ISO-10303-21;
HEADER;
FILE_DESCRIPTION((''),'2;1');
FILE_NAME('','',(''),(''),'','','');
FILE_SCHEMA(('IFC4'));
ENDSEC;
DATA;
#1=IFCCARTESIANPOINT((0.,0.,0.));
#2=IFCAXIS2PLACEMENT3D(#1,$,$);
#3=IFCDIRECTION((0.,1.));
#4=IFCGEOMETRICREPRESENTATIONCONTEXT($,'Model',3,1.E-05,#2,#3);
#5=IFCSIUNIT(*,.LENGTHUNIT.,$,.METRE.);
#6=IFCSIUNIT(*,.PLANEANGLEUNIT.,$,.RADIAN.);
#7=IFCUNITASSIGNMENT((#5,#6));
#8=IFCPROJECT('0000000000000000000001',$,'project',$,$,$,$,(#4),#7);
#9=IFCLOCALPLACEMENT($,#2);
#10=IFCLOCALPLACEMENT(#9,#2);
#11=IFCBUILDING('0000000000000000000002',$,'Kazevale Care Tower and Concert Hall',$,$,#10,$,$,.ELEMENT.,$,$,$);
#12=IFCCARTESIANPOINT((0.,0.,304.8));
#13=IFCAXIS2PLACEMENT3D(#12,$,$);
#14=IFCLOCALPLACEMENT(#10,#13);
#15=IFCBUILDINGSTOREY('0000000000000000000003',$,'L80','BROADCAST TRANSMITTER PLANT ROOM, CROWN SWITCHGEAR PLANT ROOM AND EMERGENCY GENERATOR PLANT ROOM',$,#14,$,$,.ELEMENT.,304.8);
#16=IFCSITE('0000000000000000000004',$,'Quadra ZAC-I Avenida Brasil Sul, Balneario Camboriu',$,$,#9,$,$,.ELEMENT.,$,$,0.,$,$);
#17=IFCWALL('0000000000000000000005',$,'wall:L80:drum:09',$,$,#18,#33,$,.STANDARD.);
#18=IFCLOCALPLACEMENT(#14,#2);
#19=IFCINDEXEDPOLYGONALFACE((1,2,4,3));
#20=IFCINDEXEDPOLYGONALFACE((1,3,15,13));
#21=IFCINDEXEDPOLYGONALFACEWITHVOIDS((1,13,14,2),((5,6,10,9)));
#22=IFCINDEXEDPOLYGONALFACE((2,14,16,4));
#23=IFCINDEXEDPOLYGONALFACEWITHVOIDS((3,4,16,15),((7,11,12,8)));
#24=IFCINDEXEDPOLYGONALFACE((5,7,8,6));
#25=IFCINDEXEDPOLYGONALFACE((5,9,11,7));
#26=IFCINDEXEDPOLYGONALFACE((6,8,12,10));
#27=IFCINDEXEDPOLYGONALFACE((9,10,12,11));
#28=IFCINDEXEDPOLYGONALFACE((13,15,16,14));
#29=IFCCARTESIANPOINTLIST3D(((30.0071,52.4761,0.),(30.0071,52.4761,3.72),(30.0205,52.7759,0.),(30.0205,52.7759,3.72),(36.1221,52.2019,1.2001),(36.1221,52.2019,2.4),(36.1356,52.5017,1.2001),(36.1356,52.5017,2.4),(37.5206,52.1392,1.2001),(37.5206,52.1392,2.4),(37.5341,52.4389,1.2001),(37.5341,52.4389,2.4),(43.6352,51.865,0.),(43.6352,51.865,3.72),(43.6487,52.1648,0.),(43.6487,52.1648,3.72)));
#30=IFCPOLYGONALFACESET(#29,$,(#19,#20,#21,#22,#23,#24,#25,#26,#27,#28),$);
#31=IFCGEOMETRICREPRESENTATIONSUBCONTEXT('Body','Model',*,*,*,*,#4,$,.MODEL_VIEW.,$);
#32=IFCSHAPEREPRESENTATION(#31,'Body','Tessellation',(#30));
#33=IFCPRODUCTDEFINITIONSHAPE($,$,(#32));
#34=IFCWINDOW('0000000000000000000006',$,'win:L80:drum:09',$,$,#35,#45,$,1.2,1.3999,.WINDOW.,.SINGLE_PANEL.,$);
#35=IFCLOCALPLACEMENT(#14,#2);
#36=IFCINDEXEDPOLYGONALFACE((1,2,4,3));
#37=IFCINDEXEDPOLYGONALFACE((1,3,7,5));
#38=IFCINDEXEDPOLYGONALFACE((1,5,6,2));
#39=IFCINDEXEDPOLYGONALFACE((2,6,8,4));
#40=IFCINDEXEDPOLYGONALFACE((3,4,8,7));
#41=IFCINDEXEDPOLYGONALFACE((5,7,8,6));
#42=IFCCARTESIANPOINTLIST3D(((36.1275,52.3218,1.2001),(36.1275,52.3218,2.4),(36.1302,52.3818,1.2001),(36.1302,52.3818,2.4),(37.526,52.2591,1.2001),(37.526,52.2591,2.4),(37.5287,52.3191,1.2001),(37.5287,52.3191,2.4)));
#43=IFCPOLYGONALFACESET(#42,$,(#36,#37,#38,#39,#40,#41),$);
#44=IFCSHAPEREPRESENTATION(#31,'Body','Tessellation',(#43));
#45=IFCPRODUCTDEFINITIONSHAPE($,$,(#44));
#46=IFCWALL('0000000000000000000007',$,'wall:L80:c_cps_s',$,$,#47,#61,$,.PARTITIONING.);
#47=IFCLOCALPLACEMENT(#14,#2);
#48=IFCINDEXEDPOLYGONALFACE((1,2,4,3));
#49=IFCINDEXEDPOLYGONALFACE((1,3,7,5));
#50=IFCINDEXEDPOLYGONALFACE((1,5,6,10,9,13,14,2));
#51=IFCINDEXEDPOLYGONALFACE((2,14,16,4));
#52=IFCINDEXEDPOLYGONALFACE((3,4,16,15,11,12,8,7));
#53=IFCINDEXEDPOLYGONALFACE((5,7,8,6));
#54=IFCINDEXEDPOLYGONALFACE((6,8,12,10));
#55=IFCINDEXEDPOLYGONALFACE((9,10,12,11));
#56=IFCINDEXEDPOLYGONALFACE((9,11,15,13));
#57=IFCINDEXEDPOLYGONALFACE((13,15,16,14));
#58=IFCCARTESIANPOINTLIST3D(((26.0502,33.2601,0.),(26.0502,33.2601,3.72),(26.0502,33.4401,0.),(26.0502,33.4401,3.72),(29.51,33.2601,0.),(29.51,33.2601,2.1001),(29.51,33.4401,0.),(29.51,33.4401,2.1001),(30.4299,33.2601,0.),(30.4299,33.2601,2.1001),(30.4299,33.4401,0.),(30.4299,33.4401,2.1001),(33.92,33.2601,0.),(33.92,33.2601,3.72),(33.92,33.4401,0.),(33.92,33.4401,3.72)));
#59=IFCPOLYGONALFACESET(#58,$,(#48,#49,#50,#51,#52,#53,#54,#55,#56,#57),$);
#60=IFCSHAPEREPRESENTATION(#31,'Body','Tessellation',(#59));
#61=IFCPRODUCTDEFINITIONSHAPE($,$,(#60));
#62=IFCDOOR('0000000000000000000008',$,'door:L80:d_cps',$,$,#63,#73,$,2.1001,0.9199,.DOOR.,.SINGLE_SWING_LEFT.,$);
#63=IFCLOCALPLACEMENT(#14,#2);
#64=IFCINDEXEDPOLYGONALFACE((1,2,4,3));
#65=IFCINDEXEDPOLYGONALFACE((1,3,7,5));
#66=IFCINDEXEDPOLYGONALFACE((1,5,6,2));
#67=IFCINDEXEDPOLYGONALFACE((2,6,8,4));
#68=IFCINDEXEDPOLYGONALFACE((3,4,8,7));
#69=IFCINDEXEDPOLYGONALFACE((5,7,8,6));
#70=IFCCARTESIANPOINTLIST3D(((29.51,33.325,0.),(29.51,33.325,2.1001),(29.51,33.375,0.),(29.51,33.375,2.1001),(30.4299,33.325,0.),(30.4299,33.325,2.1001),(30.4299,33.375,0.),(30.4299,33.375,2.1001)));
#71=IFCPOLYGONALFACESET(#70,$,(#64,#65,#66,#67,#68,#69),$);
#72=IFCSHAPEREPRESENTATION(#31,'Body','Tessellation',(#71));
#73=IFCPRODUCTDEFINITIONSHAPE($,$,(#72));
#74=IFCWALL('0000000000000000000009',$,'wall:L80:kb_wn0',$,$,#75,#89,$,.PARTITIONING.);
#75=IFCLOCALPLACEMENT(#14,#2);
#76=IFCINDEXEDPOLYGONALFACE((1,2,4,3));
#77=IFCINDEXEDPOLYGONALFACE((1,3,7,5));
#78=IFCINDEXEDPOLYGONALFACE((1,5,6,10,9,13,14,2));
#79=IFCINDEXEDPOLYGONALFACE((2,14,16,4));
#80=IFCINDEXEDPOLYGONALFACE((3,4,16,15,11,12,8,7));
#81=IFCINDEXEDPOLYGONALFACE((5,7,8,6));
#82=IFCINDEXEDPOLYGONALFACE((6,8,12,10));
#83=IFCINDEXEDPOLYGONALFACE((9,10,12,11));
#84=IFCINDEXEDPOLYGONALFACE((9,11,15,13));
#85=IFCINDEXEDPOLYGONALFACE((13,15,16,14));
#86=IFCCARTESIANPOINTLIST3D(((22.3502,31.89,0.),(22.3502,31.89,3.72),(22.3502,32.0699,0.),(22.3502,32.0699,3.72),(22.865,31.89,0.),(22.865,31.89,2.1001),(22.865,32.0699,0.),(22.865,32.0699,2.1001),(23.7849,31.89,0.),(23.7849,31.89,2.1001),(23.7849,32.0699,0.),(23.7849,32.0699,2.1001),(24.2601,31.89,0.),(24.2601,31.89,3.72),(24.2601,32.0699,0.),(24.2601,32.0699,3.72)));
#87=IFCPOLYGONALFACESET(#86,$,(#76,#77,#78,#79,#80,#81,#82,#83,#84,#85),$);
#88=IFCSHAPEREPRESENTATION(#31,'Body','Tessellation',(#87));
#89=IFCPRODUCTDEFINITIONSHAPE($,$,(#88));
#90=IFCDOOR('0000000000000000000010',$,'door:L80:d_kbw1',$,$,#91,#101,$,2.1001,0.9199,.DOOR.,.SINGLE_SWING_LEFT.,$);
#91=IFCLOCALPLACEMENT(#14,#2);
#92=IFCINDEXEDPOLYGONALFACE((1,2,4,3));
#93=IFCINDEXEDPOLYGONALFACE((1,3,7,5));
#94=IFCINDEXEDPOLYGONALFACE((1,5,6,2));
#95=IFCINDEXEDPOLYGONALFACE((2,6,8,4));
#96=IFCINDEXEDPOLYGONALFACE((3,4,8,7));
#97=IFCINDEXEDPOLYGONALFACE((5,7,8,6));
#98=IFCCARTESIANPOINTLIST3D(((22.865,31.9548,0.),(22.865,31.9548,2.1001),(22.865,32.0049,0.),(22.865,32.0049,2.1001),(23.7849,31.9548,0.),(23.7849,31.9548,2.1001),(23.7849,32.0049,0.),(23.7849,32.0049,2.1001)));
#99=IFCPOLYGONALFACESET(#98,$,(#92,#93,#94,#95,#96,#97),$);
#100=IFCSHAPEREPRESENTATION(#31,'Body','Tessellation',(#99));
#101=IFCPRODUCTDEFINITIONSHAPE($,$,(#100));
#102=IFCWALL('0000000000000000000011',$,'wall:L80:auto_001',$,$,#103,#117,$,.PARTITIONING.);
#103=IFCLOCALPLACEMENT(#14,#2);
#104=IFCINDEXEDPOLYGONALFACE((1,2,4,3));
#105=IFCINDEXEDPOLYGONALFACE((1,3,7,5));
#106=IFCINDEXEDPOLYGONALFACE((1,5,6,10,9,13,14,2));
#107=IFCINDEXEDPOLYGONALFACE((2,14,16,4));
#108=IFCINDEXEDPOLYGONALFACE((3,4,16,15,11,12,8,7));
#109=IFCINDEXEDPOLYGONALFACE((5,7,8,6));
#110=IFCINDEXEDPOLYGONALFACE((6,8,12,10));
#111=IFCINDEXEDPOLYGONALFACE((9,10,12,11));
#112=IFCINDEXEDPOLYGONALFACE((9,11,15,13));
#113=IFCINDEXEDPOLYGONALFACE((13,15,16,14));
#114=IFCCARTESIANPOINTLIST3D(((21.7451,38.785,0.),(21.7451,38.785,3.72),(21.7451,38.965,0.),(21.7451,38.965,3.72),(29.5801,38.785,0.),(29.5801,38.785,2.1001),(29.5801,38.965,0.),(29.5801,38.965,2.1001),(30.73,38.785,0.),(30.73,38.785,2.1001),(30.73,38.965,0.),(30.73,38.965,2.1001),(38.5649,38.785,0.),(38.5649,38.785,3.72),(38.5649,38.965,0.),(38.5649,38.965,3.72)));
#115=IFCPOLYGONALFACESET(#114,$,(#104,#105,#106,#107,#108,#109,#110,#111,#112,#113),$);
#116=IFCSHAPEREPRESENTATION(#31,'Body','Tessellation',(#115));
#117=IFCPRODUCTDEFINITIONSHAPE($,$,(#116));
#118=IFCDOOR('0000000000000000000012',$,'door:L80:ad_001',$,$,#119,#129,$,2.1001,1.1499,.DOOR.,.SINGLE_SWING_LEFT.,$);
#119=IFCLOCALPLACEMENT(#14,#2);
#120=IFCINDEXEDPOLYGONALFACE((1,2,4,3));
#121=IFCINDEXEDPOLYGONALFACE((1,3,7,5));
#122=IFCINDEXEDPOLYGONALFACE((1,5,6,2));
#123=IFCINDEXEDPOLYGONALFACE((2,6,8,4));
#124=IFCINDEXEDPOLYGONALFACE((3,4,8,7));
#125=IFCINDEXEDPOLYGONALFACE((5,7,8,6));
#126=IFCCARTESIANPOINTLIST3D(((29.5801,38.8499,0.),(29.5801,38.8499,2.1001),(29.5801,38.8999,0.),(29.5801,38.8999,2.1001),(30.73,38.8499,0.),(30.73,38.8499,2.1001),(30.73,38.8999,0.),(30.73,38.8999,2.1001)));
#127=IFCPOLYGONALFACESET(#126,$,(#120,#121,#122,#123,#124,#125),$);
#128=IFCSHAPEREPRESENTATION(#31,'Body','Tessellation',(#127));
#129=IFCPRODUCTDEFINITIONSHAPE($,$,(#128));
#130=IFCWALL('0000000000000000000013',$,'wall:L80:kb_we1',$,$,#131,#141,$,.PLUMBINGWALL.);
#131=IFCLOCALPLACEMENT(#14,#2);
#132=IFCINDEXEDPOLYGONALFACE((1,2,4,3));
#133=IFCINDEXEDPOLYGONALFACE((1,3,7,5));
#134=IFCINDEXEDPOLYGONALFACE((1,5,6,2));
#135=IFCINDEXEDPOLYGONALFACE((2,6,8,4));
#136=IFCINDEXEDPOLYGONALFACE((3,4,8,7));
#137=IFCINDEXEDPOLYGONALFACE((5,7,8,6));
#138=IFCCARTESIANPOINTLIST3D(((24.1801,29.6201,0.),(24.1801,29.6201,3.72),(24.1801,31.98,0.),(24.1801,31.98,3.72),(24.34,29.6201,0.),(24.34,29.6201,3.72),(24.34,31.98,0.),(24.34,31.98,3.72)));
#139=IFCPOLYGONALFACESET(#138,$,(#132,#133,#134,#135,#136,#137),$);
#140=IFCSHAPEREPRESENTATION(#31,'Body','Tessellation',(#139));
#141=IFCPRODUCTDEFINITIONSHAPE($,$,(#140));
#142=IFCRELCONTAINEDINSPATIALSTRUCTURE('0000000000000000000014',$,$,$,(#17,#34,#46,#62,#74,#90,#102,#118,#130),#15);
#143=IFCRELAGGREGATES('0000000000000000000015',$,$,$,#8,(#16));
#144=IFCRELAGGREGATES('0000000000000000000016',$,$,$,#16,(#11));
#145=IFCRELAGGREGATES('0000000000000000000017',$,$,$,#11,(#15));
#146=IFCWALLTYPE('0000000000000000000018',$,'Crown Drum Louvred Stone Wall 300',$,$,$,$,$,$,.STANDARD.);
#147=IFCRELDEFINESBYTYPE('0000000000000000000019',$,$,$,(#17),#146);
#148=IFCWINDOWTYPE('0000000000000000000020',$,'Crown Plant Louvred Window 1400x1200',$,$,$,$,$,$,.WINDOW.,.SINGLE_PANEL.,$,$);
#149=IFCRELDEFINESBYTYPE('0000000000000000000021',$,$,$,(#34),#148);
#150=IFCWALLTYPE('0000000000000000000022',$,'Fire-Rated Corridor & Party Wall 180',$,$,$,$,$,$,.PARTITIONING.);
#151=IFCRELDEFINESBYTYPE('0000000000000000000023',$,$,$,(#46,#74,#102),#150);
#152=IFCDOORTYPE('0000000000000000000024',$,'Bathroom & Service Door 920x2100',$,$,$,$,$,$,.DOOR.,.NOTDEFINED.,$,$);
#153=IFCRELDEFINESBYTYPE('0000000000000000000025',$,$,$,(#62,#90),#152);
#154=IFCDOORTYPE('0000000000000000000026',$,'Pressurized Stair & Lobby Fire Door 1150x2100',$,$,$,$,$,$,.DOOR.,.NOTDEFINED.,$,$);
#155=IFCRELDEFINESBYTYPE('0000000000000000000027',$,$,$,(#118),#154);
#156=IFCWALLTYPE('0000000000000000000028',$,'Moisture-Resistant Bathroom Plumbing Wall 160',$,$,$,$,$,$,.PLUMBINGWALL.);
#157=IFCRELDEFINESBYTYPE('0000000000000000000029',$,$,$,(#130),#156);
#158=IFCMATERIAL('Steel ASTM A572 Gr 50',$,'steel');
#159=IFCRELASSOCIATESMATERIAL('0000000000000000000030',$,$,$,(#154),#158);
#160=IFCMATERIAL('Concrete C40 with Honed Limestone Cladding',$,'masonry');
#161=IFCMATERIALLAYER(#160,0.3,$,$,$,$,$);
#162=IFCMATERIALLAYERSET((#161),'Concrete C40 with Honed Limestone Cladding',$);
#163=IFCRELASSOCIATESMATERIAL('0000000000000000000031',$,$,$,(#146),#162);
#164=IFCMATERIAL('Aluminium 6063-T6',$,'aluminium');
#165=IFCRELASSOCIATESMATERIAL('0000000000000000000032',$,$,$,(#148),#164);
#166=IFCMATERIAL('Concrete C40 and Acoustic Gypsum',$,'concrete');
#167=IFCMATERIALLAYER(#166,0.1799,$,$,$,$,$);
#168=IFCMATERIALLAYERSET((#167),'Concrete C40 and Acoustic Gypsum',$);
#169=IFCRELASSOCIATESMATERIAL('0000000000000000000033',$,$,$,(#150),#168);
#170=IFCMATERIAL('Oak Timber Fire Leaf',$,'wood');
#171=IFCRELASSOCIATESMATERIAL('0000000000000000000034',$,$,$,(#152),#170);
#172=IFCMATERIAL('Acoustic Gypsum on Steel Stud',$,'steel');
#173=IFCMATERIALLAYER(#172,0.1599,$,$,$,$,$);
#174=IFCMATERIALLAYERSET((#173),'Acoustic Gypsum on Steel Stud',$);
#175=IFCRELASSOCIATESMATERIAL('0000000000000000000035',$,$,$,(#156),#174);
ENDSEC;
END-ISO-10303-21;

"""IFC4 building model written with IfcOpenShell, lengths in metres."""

from ifc_helpers import new_model, si_unit, direction, frame, frame_2d, origin, place, context, subcontext, project, spatial, rectangle, extrude, material, layer, layer_set, type_object, element, fill, save


model = new_model("IFC4")

# Units and contexts
model_context = context("Model", 3, precision=1e-05, world=origin(), true_north=direction((0.0, 1.0)))
body_context = subcontext(model_context, "Body", "Model", "MODEL_VIEW")
ifc_project = project(units=[si_unit("LENGTHUNIT", "METRE"), si_unit("PLANEANGLEUNIT", "RADIAN")], contexts=[model_context])

# Site, building, storey
site_placement = place(None, origin())
site = spatial("IfcSite", under=ifc_project, at=site_placement, Name="Quadra ZAC-I Avenida Brasil Sul, Balneario Camboriu", CompositionType="ELEMENT", RefElevation=0.0)
building_placement = place(site_placement, origin())
building = spatial("IfcBuilding", under=site, at=building_placement, Name="Kazevale Care Tower and Concert Hall", CompositionType="ELEMENT")
storey_placement = place(building_placement, frame((0.0, 0.0, 304.8)))
storey = spatial("IfcBuildingStorey", under=building, at=storey_placement, Name="L80", Description="BROADCAST TRANSMITTER PLANT ROOM, CROWN SWITCHGEAR PLANT ROOM AND EMERGENCY GENERATOR PLANT ROOM", CompositionType="ELEMENT", Elevation=304.8)

# Shared definitions
ifc_material_1 = material(Name="Steel ASTM A572 Gr 50", Category="steel")

# Shared definitions
door_type_1 = type_object("IfcDoorType", Name="Pressurized Stair & Lobby Fire Door 1150x2100", OperationType="NOTDEFINED", PredefinedType="DOOR", material=ifc_material_1)

# Shared definitions
ifc_material_2 = material(Name="Concrete C40 with Honed Limestone Cladding", Category="masonry")
ifc_layer_1 = layer(ifc_material_2, 0.3)
ifc_layer_set_1 = layer_set([ifc_layer_1], Name="Concrete C40 with Honed Limestone Cladding")
wall_type_1 = type_object("IfcWallType", Name="Crown Drum Louvred Stone Wall 300", PredefinedType="STANDARD", material=ifc_layer_set_1)
ifc_material_3 = material(Name="Aluminium 6063-T6", Category="aluminium")
window_type = type_object("IfcWindowType", Name="Crown Plant Louvred Window 1400x1200", PartitioningType="SINGLE_PANEL", PredefinedType="WINDOW", material=ifc_material_3)

# Wall, opening, window
wall_1_placement = place(storey_placement, frame((30.0139, 52.626, 0.0), z_axis=(0.0, 0.0, 1.0), x_axis=(0.998996, -0.044795, 0.0)))
wall_1 = element("IfcWall", 1, at=wall_1_placement, inside=storey, type_object=wall_type_1, Name="wall:L80:drum:09", PredefinedType="STANDARD", context=body_context, shape_type="SweptSolid", body=[
    extrude(rectangle(XDim=13.6418, YDim=0.3, at=frame_2d((6.8208, 0.0))), origin(), (0.0, 0.0, 1.0), 3.72),
])
opening_1_placement = place(wall_1_placement, frame((6.1211, 0.0, 1.2)))
opening_1 = element("IfcOpeningElement", 2, at=opening_1_placement, cuts=wall_1, PredefinedType="OPENING", context=body_context, shape_type="SweptSolid", body=[
    extrude(rectangle(XDim=1.3999, YDim=1.2, at=frame_2d((0.7, 0.6001))), frame((0.0, 0.1599, 0.0), z_axis=(0.0, -1.0, 0.0), x_axis=(1.0, 0.0, 0.0)), (0.0, 0.0, 1.0), 0.3201),
])
window_1_placement = place(opening_1_placement, origin())
window_1 = element("IfcWindow", 3, at=window_1_placement, inside=storey, type_object=window_type, Name="win:L80:drum:09", OverallHeight=1.2, OverallWidth=1.3999, PartitioningType="SINGLE_PANEL", PredefinedType="WINDOW", context=body_context, shape_type="SweptSolid", body=[
    extrude(rectangle(XDim=1.3999, YDim=1.2, at=frame_2d((0.7, 0.6001))), frame((0.0, 0.03, 0.0), z_axis=(0.0, -1.0, 0.0), x_axis=(1.0, 0.0, 0.0)), (0.0, 0.0, 1.0), 0.0601),
])
fill(opening_1, window_1)

# Walls, openings, doors
ifc_material_4 = material(Name="Concrete C40 and Acoustic Gypsum", Category="concrete")
ifc_layer_2 = layer(ifc_material_4, 0.1799)
ifc_layer_set_2 = layer_set([ifc_layer_2], Name="Concrete C40 and Acoustic Gypsum")
wall_type_2 = type_object("IfcWallType", Name="Fire-Rated Corridor & Party Wall 180", PredefinedType="PARTITIONING", material=ifc_layer_set_2)
wall_2_placement = place(storey_placement, frame((26.05, 33.3501, 0.0), z_axis=(0.0, 0.0, 1.0), x_axis=(1.0, 0.0, 0.0)))
wall_2 = element("IfcWall", 4, at=wall_2_placement, inside=storey, type_object=wall_type_2, Name="wall:L80:c_cps_s", PredefinedType="PARTITIONING", context=body_context, shape_type="SweptSolid", body=[
    extrude(rectangle(XDim=7.8699, YDim=0.1799, at=frame_2d((3.9351, 0.0))), origin(), (0.0, 0.0, 1.0), 3.72),
])
opening_2_placement = place(wall_2_placement, frame((3.46, 0.0, 0.0)))
opening_2 = element("IfcOpeningElement", 5, at=opening_2_placement, cuts=wall_2, PredefinedType="OPENING", context=body_context, shape_type="SweptSolid", body=[
    extrude(rectangle(XDim=0.9199, YDim=2.1001, at=frame_2d((0.46, 1.05))), frame((0.0, 0.0999, 0.0), z_axis=(0.0, -1.0, 0.0), x_axis=(1.0, 0.0, 0.0)), (0.0, 0.0, 1.0), 0.2),
])
ifc_material_5 = material(Name="Oak Timber Fire Leaf", Category="wood")
door_type_2 = type_object("IfcDoorType", Name="Bathroom & Service Door 920x2100", OperationType="NOTDEFINED", PredefinedType="DOOR", material=ifc_material_5)
door_1_placement = place(opening_2_placement, origin())
door_1 = element("IfcDoor", 6, at=door_1_placement, inside=storey, type_object=door_type_2, Name="door:L80:d_cps", OperationType="SINGLE_SWING_LEFT", OverallHeight=2.1001, OverallWidth=0.9199, PredefinedType="DOOR", context=body_context, shape_type="SweptSolid", body=[
    extrude(rectangle(XDim=0.9199, YDim=2.1001, at=frame_2d((0.46, 1.05))), frame((0.0, 0.0249, 0.0), z_axis=(0.0, -1.0, 0.0), x_axis=(1.0, 0.0, 0.0)), (0.0, 0.0, 1.0), 0.05),
])
fill(opening_2, door_1)
wall_3_placement = place(storey_placement, frame((22.3501, 31.98, 0.0), z_axis=(0.0, 0.0, 1.0), x_axis=(1.0, 0.0, 0.0)))
wall_3 = element("IfcWall", 7, at=wall_3_placement, inside=storey, type_object=wall_type_2, Name="wall:L80:kb_wn0", PredefinedType="PARTITIONING", context=body_context, shape_type="SweptSolid", body=[
    extrude(rectangle(XDim=1.9099, YDim=0.1799, at=frame_2d((0.9551, 0.0))), origin(), (0.0, 0.0, 1.0), 3.72),
])
opening_3_placement = place(wall_3_placement, frame((0.5149, 0.0, 0.0)))
opening_3 = element("IfcOpeningElement", 8, at=opening_3_placement, cuts=wall_3, PredefinedType="OPENING", context=body_context, shape_type="SweptSolid", body=[
    extrude(rectangle(XDim=0.9199, YDim=2.1001, at=frame_2d((0.46, 1.05))), frame((0.0, 0.0999, 0.0), z_axis=(0.0, -1.0, 0.0), x_axis=(1.0, 0.0, 0.0)), (0.0, 0.0, 1.0), 0.2),
])
door_2_placement = place(opening_3_placement, origin())
door_2 = element("IfcDoor", 9, at=door_2_placement, inside=storey, type_object=door_type_2, Name="door:L80:d_kbw1", OperationType="SINGLE_SWING_LEFT", OverallHeight=2.1001, OverallWidth=0.9199, PredefinedType="DOOR", context=body_context, shape_type="SweptSolid", body=[
    extrude(rectangle(XDim=0.9199, YDim=2.1001, at=frame_2d((0.46, 1.05))), frame((0.0, 0.0249, 0.0), z_axis=(0.0, -1.0, 0.0), x_axis=(1.0, 0.0, 0.0)), (0.0, 0.0, 1.0), 0.05),
])
fill(opening_3, door_2)
wall_4_placement = place(storey_placement, frame((21.7451, 38.875, 0.0), z_axis=(0.0, 0.0, 1.0), x_axis=(1.0, 0.0, 0.0)))
wall_4 = element("IfcWall", 10, at=wall_4_placement, inside=storey, type_object=wall_type_2, Name="wall:L80:auto_001", PredefinedType="PARTITIONING", context=body_context, shape_type="SweptSolid", body=[
    extrude(rectangle(XDim=16.8198, YDim=0.1799, at=frame_2d((8.4099, 0.0))), origin(), (0.0, 0.0, 1.0), 3.72),
])
opening_4_placement = place(wall_4_placement, frame((7.835, 0.0, 0.0)))
opening_4 = element("IfcOpeningElement", 11, at=opening_4_placement, cuts=wall_4, PredefinedType="OPENING", context=body_context, shape_type="SweptSolid", body=[
    extrude(rectangle(XDim=1.1499, YDim=2.1001, at=frame_2d((0.575, 1.05))), frame((0.0, 0.0999, 0.0), z_axis=(0.0, -1.0, 0.0), x_axis=(1.0, 0.0, 0.0)), (0.0, 0.0, 1.0), 0.2),
])
door_3_placement = place(opening_4_placement, origin())
door_3 = element("IfcDoor", 12, at=door_3_placement, inside=storey, type_object=door_type_1, Name="door:L80:ad_001", OperationType="SINGLE_SWING_LEFT", OverallHeight=2.1001, OverallWidth=1.1499, PredefinedType="DOOR", context=body_context, shape_type="SweptSolid", body=[
    extrude(rectangle(XDim=1.1499, YDim=2.1001, at=frame_2d((0.575, 1.05))), frame((0.0, 0.0249, 0.0), z_axis=(0.0, -1.0, 0.0), x_axis=(1.0, 0.0, 0.0)), (0.0, 0.0, 1.0), 0.05),
])
fill(opening_4, door_3)

# Wall
ifc_material_6 = material(Name="Acoustic Gypsum on Steel Stud", Category="steel")
ifc_layer_3 = layer(ifc_material_6, 0.1599)
ifc_layer_set_3 = layer_set([ifc_layer_3], Name="Acoustic Gypsum on Steel Stud")
wall_type_3 = type_object("IfcWallType", Name="Moisture-Resistant Bathroom Plumbing Wall 160", PredefinedType="PLUMBINGWALL", material=ifc_layer_set_3)
wall_5_placement = place(storey_placement, frame((24.26, 29.6201, 0.0), z_axis=(0.0, 0.0, 1.0), x_axis=(0.0, 1.0, 0.0)))
element("IfcWall", 13, at=wall_5_placement, inside=storey, type_object=wall_type_3, Name="wall:L80:kb_we1", PredefinedType="PLUMBINGWALL", context=body_context, shape_type="SweptSolid", body=[
    extrude(rectangle(XDim=2.3599, YDim=0.1599, at=frame_2d((1.1799, 0.0))), origin(), (0.0, 0.0, 1.0), 3.72),
])

save(model, "model.ifc")
